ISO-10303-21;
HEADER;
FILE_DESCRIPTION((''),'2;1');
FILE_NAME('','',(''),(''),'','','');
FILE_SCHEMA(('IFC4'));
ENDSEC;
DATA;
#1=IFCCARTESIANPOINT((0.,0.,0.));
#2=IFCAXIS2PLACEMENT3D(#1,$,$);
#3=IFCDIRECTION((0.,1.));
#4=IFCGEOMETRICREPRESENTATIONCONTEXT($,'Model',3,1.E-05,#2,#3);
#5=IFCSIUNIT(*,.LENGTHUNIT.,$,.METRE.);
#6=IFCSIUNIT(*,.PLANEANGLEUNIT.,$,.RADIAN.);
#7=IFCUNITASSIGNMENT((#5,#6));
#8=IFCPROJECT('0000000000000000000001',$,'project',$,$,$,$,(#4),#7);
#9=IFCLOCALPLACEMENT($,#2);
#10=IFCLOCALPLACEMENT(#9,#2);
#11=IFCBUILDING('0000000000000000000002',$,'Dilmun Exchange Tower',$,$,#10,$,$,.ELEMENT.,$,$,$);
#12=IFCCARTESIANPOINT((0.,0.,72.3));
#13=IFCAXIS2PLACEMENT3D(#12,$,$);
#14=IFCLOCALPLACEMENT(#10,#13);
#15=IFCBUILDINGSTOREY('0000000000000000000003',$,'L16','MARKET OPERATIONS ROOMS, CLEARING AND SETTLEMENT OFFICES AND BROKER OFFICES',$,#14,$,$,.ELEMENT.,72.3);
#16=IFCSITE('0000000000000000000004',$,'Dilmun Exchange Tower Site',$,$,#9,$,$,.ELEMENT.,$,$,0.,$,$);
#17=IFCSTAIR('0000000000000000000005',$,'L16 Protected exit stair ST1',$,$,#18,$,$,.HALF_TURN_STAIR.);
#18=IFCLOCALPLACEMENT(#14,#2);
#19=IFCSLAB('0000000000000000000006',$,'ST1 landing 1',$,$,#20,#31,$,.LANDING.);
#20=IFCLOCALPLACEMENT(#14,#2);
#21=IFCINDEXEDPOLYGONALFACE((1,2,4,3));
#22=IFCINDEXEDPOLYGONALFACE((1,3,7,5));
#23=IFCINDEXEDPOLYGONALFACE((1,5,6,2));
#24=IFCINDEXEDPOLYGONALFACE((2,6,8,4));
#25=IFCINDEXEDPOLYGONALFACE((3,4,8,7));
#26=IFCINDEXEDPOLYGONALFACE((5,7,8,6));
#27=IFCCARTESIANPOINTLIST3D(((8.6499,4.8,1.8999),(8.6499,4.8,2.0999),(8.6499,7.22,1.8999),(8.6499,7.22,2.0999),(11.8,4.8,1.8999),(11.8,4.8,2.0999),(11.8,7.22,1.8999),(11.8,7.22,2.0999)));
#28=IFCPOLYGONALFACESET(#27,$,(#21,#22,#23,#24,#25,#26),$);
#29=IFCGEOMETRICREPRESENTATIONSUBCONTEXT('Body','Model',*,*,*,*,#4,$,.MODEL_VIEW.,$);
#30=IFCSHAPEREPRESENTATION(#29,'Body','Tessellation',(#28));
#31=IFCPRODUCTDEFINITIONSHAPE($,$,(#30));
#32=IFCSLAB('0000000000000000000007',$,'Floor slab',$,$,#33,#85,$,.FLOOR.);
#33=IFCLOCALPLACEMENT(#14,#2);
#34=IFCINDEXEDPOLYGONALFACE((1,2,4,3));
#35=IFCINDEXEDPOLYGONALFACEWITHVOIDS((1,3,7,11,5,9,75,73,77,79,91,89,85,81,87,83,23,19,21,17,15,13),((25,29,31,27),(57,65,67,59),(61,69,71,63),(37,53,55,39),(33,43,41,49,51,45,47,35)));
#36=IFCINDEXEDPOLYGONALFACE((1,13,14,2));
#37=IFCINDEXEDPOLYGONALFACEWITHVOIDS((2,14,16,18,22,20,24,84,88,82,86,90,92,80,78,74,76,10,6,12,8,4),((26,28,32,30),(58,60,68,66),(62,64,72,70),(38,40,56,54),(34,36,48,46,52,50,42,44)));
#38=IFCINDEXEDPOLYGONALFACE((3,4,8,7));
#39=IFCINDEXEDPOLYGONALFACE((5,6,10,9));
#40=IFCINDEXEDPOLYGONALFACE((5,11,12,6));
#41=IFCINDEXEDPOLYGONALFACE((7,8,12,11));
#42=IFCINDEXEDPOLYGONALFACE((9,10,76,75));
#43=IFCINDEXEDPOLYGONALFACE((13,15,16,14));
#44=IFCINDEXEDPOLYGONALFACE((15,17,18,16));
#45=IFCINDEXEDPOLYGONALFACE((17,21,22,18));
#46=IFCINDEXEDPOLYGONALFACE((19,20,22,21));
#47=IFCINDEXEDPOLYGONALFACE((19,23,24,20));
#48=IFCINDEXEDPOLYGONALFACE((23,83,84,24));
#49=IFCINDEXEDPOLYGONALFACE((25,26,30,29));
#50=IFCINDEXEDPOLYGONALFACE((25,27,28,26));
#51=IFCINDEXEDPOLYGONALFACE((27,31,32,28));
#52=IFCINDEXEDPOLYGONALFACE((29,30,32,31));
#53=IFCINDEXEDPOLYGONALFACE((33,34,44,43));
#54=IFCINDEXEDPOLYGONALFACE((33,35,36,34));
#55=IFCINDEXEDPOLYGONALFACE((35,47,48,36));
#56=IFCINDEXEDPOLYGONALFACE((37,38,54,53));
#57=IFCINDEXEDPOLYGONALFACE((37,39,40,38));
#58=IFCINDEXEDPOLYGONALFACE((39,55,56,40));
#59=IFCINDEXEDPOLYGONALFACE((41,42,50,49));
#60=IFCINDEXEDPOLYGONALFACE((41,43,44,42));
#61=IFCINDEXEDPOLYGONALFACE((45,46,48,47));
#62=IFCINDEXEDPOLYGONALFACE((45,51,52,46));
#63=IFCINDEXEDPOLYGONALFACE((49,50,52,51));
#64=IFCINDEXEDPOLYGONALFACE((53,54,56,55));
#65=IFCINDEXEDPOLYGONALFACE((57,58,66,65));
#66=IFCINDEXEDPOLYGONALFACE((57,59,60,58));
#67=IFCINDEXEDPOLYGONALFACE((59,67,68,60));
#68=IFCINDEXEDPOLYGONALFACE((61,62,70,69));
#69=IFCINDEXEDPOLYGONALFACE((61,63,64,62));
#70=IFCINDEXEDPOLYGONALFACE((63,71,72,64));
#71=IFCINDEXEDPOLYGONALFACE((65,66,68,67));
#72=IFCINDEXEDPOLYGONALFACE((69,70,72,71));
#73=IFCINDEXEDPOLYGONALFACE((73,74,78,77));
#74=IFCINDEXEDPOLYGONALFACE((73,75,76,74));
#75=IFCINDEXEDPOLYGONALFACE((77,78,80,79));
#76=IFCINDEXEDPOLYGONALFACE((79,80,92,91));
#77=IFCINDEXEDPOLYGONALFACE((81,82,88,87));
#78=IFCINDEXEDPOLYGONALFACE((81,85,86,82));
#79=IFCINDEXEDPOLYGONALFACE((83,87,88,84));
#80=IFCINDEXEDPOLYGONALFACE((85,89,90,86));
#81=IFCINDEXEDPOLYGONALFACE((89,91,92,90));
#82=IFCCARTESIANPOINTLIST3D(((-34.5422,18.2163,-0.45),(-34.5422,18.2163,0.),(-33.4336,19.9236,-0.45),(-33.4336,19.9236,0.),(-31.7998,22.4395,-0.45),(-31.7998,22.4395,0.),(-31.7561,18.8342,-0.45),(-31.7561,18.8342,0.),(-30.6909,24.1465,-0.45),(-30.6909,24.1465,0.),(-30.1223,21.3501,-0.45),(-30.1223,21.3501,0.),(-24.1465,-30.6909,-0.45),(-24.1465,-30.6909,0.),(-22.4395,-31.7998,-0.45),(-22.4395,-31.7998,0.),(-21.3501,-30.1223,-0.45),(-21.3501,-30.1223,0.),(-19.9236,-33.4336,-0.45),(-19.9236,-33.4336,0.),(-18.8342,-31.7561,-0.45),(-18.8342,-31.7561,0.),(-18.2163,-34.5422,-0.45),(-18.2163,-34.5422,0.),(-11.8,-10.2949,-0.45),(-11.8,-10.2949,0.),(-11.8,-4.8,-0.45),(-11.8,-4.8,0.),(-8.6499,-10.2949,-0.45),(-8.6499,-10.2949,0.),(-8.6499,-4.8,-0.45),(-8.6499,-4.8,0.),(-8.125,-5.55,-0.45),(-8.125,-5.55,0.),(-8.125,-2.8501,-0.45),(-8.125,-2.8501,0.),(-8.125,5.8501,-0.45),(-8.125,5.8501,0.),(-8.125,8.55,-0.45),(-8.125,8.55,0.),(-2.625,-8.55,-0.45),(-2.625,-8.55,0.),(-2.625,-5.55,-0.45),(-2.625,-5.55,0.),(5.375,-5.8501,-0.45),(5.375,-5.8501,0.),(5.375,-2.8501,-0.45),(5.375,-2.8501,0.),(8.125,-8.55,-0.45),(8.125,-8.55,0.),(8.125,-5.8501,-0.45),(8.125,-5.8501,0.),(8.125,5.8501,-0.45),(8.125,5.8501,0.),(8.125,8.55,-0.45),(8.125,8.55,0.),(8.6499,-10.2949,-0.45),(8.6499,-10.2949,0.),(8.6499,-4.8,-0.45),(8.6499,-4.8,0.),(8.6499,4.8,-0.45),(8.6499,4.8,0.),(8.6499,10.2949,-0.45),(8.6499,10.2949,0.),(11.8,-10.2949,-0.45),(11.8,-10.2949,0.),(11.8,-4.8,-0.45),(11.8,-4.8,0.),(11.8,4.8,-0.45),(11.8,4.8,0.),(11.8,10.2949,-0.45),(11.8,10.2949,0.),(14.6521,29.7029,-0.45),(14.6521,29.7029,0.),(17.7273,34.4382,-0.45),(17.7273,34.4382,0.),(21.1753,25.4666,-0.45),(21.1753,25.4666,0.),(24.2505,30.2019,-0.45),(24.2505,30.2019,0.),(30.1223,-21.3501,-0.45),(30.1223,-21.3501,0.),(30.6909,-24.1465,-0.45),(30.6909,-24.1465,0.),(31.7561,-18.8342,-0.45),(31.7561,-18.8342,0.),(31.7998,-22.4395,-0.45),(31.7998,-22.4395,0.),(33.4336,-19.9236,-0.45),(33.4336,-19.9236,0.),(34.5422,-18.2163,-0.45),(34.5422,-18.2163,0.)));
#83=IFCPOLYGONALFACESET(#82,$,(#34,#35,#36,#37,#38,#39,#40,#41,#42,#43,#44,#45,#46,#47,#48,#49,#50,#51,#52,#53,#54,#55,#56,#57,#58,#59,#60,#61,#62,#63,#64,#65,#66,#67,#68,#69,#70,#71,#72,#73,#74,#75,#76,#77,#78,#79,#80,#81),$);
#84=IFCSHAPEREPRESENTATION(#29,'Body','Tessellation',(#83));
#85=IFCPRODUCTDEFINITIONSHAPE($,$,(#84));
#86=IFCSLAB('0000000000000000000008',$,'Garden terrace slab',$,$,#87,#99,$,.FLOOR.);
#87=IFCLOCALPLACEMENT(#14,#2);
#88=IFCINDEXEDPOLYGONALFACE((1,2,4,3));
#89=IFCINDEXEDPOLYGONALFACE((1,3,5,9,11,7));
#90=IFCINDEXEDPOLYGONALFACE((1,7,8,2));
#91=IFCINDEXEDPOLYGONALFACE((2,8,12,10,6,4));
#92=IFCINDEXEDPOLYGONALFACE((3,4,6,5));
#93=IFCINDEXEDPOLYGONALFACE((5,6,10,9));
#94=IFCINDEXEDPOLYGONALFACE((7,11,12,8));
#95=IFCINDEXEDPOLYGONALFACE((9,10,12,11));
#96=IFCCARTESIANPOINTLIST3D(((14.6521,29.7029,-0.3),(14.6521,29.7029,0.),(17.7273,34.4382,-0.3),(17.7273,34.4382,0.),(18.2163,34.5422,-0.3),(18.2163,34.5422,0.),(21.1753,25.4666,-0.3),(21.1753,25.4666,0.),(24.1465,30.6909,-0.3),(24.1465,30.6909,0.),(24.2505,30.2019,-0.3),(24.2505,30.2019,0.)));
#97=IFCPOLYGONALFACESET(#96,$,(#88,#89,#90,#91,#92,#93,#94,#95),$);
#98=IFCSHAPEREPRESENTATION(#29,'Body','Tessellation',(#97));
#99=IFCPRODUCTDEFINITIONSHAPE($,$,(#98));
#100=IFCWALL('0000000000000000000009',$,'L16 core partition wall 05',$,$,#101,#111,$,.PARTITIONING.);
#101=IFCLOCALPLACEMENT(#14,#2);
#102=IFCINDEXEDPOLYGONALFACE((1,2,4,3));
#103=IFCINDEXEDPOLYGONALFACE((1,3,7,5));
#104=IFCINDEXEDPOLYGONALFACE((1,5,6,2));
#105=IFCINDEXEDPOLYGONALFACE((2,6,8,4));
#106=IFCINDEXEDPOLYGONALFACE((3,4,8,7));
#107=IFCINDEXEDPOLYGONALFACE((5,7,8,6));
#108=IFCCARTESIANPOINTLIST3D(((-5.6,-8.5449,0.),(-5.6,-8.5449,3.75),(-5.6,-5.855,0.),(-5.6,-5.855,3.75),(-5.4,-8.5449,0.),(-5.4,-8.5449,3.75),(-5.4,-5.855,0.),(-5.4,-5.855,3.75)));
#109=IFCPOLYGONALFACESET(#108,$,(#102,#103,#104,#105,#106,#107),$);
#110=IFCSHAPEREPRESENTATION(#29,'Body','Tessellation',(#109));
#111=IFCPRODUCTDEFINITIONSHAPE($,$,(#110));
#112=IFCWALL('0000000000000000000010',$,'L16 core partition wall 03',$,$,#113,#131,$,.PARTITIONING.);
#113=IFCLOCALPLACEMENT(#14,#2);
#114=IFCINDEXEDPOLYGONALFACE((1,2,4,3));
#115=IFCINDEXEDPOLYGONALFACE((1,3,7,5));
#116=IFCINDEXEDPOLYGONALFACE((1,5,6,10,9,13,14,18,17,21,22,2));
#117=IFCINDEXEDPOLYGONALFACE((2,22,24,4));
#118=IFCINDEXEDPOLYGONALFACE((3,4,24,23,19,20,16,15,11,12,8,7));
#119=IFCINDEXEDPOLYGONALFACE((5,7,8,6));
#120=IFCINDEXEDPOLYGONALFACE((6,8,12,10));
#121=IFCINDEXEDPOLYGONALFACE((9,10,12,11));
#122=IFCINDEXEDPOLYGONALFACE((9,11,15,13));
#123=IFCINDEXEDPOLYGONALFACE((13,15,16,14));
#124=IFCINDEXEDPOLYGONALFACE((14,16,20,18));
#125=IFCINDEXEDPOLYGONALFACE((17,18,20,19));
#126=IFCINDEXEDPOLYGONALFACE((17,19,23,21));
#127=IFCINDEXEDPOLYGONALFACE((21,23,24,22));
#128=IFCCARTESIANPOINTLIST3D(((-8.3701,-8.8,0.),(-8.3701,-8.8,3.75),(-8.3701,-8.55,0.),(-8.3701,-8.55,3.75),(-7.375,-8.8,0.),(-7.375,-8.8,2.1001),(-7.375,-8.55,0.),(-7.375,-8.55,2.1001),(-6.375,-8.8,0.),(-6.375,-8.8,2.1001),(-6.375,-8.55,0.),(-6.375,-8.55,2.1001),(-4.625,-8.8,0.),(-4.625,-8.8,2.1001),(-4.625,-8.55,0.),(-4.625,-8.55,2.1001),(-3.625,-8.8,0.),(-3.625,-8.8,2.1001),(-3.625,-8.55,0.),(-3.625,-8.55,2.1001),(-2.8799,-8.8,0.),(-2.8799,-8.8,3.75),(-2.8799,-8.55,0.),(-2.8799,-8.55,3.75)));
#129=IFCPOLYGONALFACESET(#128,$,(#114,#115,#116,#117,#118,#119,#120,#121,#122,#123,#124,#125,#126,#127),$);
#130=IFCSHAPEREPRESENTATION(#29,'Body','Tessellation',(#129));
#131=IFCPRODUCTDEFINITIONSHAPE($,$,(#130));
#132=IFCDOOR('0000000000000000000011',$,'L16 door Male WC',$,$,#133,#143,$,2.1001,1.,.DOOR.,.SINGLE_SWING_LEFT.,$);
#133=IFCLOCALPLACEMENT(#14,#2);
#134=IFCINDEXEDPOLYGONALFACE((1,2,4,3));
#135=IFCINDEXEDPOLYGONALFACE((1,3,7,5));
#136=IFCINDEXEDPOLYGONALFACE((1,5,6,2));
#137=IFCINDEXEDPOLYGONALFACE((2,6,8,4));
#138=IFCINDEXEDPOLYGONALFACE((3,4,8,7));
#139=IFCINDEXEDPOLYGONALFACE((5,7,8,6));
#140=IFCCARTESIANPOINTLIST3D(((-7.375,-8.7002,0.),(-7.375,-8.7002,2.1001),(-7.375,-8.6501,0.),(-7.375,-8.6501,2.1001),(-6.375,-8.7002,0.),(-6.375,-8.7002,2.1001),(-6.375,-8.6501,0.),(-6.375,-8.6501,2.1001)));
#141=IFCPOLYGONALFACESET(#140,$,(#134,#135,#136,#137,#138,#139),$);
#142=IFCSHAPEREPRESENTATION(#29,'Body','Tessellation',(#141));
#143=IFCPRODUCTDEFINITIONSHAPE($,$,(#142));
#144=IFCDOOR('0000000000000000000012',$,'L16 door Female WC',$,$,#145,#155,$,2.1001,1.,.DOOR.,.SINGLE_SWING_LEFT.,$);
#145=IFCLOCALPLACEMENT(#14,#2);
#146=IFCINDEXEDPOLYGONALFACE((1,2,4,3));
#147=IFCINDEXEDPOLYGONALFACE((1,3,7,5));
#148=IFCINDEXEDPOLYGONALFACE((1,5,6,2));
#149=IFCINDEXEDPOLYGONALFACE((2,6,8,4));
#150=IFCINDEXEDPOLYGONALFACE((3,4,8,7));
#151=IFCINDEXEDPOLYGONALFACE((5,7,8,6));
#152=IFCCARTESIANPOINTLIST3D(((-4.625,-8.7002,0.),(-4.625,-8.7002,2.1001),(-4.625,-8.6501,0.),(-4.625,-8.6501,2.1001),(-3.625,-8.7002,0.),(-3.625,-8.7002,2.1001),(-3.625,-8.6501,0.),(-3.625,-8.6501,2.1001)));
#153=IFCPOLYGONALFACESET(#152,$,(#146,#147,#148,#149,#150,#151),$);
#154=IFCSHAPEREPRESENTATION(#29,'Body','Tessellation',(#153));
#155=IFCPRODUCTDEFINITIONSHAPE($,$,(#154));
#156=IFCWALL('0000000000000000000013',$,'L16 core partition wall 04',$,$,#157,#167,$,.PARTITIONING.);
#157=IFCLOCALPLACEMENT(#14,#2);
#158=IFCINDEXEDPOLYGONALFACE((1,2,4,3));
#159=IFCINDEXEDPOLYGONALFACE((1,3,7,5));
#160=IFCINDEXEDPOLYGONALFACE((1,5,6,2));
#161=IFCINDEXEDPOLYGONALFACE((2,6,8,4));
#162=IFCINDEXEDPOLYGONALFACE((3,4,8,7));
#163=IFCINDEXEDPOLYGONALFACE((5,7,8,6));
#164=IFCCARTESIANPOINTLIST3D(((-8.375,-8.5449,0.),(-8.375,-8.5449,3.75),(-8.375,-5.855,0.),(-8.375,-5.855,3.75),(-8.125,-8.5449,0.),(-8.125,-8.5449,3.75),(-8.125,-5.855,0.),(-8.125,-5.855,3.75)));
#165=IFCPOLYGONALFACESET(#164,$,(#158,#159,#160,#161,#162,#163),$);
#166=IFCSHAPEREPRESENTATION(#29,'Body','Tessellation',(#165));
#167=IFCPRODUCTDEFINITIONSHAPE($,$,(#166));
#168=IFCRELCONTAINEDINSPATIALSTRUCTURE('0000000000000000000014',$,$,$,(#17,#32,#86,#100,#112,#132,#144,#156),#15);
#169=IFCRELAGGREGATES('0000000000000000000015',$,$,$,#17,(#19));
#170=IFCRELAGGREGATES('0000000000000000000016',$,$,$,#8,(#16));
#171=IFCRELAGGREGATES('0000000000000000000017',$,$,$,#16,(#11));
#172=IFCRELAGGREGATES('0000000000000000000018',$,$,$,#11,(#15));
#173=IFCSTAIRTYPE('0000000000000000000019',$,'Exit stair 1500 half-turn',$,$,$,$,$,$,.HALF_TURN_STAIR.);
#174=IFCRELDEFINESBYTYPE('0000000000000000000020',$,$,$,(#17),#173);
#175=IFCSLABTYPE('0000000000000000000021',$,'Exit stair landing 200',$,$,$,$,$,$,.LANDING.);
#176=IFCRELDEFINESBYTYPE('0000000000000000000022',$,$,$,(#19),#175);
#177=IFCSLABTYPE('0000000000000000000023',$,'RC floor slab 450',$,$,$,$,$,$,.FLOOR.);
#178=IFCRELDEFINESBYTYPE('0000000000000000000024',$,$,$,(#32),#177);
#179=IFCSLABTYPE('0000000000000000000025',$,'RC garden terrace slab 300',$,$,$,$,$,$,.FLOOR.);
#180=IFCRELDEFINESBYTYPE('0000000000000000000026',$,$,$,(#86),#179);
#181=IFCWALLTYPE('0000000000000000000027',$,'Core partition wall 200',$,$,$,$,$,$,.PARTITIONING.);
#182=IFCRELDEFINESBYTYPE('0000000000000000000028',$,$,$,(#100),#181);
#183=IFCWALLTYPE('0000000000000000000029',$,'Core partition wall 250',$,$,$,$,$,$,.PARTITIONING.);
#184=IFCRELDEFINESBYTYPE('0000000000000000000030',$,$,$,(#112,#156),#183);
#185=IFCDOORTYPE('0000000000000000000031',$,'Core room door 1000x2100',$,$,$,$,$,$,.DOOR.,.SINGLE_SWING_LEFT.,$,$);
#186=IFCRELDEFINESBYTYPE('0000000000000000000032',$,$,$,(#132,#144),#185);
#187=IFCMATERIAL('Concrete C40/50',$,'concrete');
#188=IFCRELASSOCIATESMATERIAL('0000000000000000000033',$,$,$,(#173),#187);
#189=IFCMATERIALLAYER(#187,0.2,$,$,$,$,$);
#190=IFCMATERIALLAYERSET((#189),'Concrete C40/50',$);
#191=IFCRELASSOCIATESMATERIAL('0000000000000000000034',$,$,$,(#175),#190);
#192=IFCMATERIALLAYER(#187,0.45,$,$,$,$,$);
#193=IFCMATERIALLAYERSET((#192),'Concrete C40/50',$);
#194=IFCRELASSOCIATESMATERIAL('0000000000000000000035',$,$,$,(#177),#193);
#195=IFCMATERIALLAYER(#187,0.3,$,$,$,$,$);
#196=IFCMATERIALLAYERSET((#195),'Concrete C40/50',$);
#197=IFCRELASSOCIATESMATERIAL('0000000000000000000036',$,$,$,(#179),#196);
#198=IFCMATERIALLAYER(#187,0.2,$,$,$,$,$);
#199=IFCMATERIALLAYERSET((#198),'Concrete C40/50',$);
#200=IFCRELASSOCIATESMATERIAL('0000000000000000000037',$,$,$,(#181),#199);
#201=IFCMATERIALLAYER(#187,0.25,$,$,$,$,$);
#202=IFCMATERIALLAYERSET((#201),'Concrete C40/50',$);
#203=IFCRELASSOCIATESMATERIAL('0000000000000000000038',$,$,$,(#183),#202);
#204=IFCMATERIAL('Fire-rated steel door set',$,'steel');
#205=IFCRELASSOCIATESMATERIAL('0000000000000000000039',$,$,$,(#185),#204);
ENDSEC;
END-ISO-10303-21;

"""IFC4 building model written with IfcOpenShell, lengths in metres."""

from ifc_helpers import new_model, si_unit, direction, frame, frame_2d, origin, place, context, subcontext, project, spatial, polyline, rectangle, outline, extrude, material, layer, layer_set, type_object, element, fill, aggregate, save


model = new_model("IFC4")

# Units and contexts
model_context = context("Model", 3, precision=1e-05, world=origin(), true_north=direction((0.0, 1.0)))
body_context = subcontext(model_context, "Body", "Model", "MODEL_VIEW")
ifc_project = project(units=[si_unit("LENGTHUNIT", "METRE"), si_unit("PLANEANGLEUNIT", "RADIAN")], contexts=[model_context])

# Site, building, storey
site_placement = place(None, origin())
site = spatial("IfcSite", under=ifc_project, at=site_placement, Name="Dilmun Exchange Tower Site", CompositionType="ELEMENT", RefElevation=0.0)
building_placement = place(site_placement, origin())
building = spatial("IfcBuilding", under=site, at=building_placement, Name="Dilmun Exchange Tower", CompositionType="ELEMENT")
storey_placement = place(building_placement, frame((0.0, 0.0, 72.3)))
storey = spatial("IfcBuildingStorey", under=building, at=storey_placement, Name="L16", Description="MARKET OPERATIONS ROOMS, CLEARING AND SETTLEMENT OFFICES AND BROKER OFFICES", CompositionType="ELEMENT", Elevation=72.3)

# Stair, slab
ifc_material_1 = material(Name="Concrete C40/50", Category="concrete")
stair_type = type_object("IfcStairType", Name="Exit stair 1500 half-turn", PredefinedType="HALF_TURN_STAIR", material=ifc_material_1)
stair_placement = place(storey_placement, origin())
stair = element("IfcStair", 1, at=stair_placement, inside=storey, type_object=stair_type, Name="L16 Protected exit stair ST1", PredefinedType="HALF_TURN_STAIR")
ifc_layer_1 = layer(ifc_material_1, 0.2)
ifc_layer_set_1 = layer_set([ifc_layer_1], Name="Concrete C40/50")
slab_type_1 = type_object("IfcSlabType", Name="Exit stair landing 200", PredefinedType="LANDING", material=ifc_layer_set_1)
slab_1_placement = place(storey_placement, frame((0.0, 0.0, 1.8999)))
slab_1 = element("IfcSlab", 2, at=slab_1_placement, type_object=slab_type_1, Name="ST1 landing 1", PredefinedType="LANDING", context=body_context, shape_type="SweptSolid", body=[
    extrude(outline(polyline([(8.6499, 7.22), (8.6499, 4.8), (11.8, 4.8), (11.8, 7.22), (8.6499, 7.22)])), origin(), (0.0, 0.0, 1.0), 0.2),
])
aggregate(stair, [slab_1])

# Slabs
ifc_layer_2 = layer(ifc_material_1, 0.45)
ifc_layer_set_2 = layer_set([ifc_layer_2], Name="Concrete C40/50")
slab_type_2 = type_object("IfcSlabType", Name="RC floor slab 450", PredefinedType="FLOOR", material=ifc_layer_set_2)
slab_2_placement = place(storey_placement, frame((0.0, 0.0, -0.45)))
element("IfcSlab", 3, at=slab_2_placement, inside=storey, type_object=slab_type_2, Name="Floor slab", PredefinedType="FLOOR", context=body_context, shape_type="SweptSolid", body=[
    extrude(outline(polyline([(33.4336, -19.9236), (31.7561, -18.8342), (30.1223, -21.3501), (31.7998, -22.4395), (30.6909, -24.1465), (-18.2163, -34.5422), (-19.9236, -33.4336), (-18.8342, -31.7561), (-21.3501, -30.1223), (-22.4395, -31.7998), (-24.1465, -30.6909), (-34.5422, 18.2163), (-33.4336, 19.9236), (-31.7561, 18.8342), (-30.1223, 21.3501), (-31.7998, 22.4395), (-30.6909, 24.1465), (17.7273, 34.4382), (14.6521, 29.7029), (21.1753, 25.4666), (24.2505, 30.2019), (34.5422, -18.2163), (33.4336, -19.9236)]), holes=[polyline([(-8.6499, -4.8), (-11.8, -4.8), (-11.8, -10.2949), (-8.6499, -10.2949), (-8.6499, -4.8)]), polyline([(11.8, -4.8), (8.6499, -4.8), (8.6499, -10.2949), (11.8, -10.2949), (11.8, -4.8)]), polyline([(-8.125, -2.8501), (-8.125, -5.55), (-2.625, -5.55), (-2.625, -8.55), (8.125, -8.55), (8.125, -5.8501), (5.375, -5.8501), (5.375, -2.8501), (-8.125, -2.8501)]), polyline([(-8.125, 5.8501), (8.125, 5.8501), (8.125, 8.55), (-8.125, 8.55), (-8.125, 5.8501)]), polyline([(8.6499, 10.2949), (8.6499, 4.8), (11.8, 4.8), (11.8, 10.2949), (8.6499, 10.2949)])]), origin(), (0.0, 0.0, 1.0), 0.45),
])
ifc_layer_3 = layer(ifc_material_1, 0.3)
ifc_layer_set_3 = layer_set([ifc_layer_3], Name="Concrete C40/50")
slab_type_3 = type_object("IfcSlabType", Name="RC garden terrace slab 300", PredefinedType="FLOOR", material=ifc_layer_set_3)
slab_3_placement = place(storey_placement, frame((0.0, 0.0, -0.3)))
element("IfcSlab", 4, at=slab_3_placement, inside=storey, type_object=slab_type_3, Name="Garden terrace slab", PredefinedType="FLOOR", context=body_context, shape_type="SweptSolid", body=[
    extrude(outline(polyline([(14.6521, 29.7029), (17.7273, 34.4382), (18.2163, 34.5422), (24.1465, 30.6909), (24.2505, 30.2019), (21.1753, 25.4666), (14.6521, 29.7029)])), origin(), (0.0, 0.0, 1.0), 0.3),
])

# Wall
ifc_layer_4 = layer(ifc_material_1, 0.2)
ifc_layer_set_4 = layer_set([ifc_layer_4], Name="Concrete C40/50")
wall_type_1 = type_object("IfcWallType", Name="Core partition wall 200", PredefinedType="PARTITIONING", material=ifc_layer_set_4)
wall_1_placement = place(storey_placement, frame((-5.5, -8.5449, 0.0), z_axis=(0.0, 0.0, 1.0), x_axis=(0.0, 1.0, 0.0)))
element("IfcWall", 5, at=wall_1_placement, inside=storey, type_object=wall_type_1, Name="L16 core partition wall 05", PredefinedType="PARTITIONING", context=body_context, shape_type="SweptSolid", body=[
    extrude(rectangle(XDim=2.6899, YDim=0.2, at=frame_2d((1.345, 0.0))), origin(), (0.0, 0.0, 1.0), 3.75),
])

# Wall, openings, doors
ifc_layer_5 = layer(ifc_material_1, 0.25)
ifc_layer_set_5 = layer_set([ifc_layer_5], Name="Concrete C40/50")
wall_type_2 = type_object("IfcWallType", Name="Core partition wall 250", PredefinedType="PARTITIONING", material=ifc_layer_set_5)
wall_2_placement = place(storey_placement, frame((-8.3701, -8.675, 0.0), z_axis=(0.0, 0.0, 1.0), x_axis=(1.0, 0.0, 0.0)))
wall_2 = element("IfcWall", 6, at=wall_2_placement, inside=storey, type_object=wall_type_2, Name="L16 core partition wall 03", PredefinedType="PARTITIONING", context=body_context, shape_type="SweptSolid", body=[
    extrude(rectangle(XDim=5.4902, YDim=0.25, at=frame_2d((2.7451, 0.0))), origin(), (0.0, 0.0, 1.0), 3.75),
])
opening_1_placement = place(wall_2_placement, frame((0.9951, 0.0, 0.0)))
opening_1 = element("IfcOpeningElement", 7, at=opening_1_placement, cuts=wall_2, PredefinedType="OPENING", context=body_context, shape_type="SweptSolid", body=[
    extrude(rectangle(XDim=1.0, YDim=2.1001, at=frame_2d((0.5, 1.05))), frame((0.0, 0.135, 0.0), z_axis=(0.0, -1.0, 0.0), x_axis=(1.0, 0.0, 0.0)), (0.0, 0.0, 1.0), 0.27),
])
opening_2_placement = place(wall_2_placement, frame((3.7451, 0.0, 0.0)))
opening_2 = element("IfcOpeningElement", 8, at=opening_2_placement, cuts=wall_2, PredefinedType="OPENING", context=body_context, shape_type="SweptSolid", body=[
    extrude(rectangle(XDim=1.0, YDim=2.1001, at=frame_2d((0.5, 1.05))), frame((0.0, 0.135, 0.0), z_axis=(0.0, -1.0, 0.0), x_axis=(1.0, 0.0, 0.0)), (0.0, 0.0, 1.0), 0.27),
])
ifc_material_2 = material(Name="Fire-rated steel door set", Category="steel")
door_type_1 = type_object("IfcDoorType", Name="Core room door 1000x2100", OperationType="SINGLE_SWING_LEFT", PredefinedType="DOOR", material=ifc_material_2)
door_1_placement = place(opening_1_placement, origin())
door_1 = element("IfcDoor", 9, at=door_1_placement, inside=storey, type_object=door_type_1, Name="L16 door Male WC", OperationType="SINGLE_SWING_LEFT", OverallHeight=2.1001, OverallWidth=1.0, PredefinedType="DOOR", context=body_context, shape_type="SweptSolid", body=[
    extrude(rectangle(XDim=1.0, YDim=2.1001, at=frame_2d((0.5, 1.05))), frame((0.0, 0.0249, 0.0), z_axis=(0.0, -1.0, 0.0), x_axis=(1.0, 0.0, 0.0)), (0.0, 0.0, 1.0), 0.05),
])
fill(opening_1, door_1)
door_2_placement = place(opening_2_placement, origin())
door_2 = element("IfcDoor", 10, at=door_2_placement, inside=storey, type_object=door_type_1, Name="L16 door Female WC", OperationType="SINGLE_SWING_LEFT", OverallHeight=2.1001, OverallWidth=1.0, PredefinedType="DOOR", context=body_context, shape_type="SweptSolid", body=[
    extrude(rectangle(XDim=1.0, YDim=2.1001, at=frame_2d((0.5, 1.05))), frame((0.0, 0.0249, 0.0), z_axis=(0.0, -1.0, 0.0), x_axis=(1.0, 0.0, 0.0)), (0.0, 0.0, 1.0), 0.05),
])
fill(opening_2, door_2)

# Wall
wall_3_placement = place(storey_placement, frame((-8.25, -8.5449, 0.0), z_axis=(0.0, 0.0, 1.0), x_axis=(0.0, 1.0, 0.0)))
element("IfcWall", 11, at=wall_3_placement, inside=storey, type_object=wall_type_2, Name="L16 core partition wall 04", PredefinedType="PARTITIONING", context=body_context, shape_type="SweptSolid", body=[
    extrude(rectangle(XDim=2.6899, YDim=0.25, at=frame_2d((1.345, 0.0))), origin(), (0.0, 0.0, 1.0), 3.75),
])

save(model, "model.ifc")
